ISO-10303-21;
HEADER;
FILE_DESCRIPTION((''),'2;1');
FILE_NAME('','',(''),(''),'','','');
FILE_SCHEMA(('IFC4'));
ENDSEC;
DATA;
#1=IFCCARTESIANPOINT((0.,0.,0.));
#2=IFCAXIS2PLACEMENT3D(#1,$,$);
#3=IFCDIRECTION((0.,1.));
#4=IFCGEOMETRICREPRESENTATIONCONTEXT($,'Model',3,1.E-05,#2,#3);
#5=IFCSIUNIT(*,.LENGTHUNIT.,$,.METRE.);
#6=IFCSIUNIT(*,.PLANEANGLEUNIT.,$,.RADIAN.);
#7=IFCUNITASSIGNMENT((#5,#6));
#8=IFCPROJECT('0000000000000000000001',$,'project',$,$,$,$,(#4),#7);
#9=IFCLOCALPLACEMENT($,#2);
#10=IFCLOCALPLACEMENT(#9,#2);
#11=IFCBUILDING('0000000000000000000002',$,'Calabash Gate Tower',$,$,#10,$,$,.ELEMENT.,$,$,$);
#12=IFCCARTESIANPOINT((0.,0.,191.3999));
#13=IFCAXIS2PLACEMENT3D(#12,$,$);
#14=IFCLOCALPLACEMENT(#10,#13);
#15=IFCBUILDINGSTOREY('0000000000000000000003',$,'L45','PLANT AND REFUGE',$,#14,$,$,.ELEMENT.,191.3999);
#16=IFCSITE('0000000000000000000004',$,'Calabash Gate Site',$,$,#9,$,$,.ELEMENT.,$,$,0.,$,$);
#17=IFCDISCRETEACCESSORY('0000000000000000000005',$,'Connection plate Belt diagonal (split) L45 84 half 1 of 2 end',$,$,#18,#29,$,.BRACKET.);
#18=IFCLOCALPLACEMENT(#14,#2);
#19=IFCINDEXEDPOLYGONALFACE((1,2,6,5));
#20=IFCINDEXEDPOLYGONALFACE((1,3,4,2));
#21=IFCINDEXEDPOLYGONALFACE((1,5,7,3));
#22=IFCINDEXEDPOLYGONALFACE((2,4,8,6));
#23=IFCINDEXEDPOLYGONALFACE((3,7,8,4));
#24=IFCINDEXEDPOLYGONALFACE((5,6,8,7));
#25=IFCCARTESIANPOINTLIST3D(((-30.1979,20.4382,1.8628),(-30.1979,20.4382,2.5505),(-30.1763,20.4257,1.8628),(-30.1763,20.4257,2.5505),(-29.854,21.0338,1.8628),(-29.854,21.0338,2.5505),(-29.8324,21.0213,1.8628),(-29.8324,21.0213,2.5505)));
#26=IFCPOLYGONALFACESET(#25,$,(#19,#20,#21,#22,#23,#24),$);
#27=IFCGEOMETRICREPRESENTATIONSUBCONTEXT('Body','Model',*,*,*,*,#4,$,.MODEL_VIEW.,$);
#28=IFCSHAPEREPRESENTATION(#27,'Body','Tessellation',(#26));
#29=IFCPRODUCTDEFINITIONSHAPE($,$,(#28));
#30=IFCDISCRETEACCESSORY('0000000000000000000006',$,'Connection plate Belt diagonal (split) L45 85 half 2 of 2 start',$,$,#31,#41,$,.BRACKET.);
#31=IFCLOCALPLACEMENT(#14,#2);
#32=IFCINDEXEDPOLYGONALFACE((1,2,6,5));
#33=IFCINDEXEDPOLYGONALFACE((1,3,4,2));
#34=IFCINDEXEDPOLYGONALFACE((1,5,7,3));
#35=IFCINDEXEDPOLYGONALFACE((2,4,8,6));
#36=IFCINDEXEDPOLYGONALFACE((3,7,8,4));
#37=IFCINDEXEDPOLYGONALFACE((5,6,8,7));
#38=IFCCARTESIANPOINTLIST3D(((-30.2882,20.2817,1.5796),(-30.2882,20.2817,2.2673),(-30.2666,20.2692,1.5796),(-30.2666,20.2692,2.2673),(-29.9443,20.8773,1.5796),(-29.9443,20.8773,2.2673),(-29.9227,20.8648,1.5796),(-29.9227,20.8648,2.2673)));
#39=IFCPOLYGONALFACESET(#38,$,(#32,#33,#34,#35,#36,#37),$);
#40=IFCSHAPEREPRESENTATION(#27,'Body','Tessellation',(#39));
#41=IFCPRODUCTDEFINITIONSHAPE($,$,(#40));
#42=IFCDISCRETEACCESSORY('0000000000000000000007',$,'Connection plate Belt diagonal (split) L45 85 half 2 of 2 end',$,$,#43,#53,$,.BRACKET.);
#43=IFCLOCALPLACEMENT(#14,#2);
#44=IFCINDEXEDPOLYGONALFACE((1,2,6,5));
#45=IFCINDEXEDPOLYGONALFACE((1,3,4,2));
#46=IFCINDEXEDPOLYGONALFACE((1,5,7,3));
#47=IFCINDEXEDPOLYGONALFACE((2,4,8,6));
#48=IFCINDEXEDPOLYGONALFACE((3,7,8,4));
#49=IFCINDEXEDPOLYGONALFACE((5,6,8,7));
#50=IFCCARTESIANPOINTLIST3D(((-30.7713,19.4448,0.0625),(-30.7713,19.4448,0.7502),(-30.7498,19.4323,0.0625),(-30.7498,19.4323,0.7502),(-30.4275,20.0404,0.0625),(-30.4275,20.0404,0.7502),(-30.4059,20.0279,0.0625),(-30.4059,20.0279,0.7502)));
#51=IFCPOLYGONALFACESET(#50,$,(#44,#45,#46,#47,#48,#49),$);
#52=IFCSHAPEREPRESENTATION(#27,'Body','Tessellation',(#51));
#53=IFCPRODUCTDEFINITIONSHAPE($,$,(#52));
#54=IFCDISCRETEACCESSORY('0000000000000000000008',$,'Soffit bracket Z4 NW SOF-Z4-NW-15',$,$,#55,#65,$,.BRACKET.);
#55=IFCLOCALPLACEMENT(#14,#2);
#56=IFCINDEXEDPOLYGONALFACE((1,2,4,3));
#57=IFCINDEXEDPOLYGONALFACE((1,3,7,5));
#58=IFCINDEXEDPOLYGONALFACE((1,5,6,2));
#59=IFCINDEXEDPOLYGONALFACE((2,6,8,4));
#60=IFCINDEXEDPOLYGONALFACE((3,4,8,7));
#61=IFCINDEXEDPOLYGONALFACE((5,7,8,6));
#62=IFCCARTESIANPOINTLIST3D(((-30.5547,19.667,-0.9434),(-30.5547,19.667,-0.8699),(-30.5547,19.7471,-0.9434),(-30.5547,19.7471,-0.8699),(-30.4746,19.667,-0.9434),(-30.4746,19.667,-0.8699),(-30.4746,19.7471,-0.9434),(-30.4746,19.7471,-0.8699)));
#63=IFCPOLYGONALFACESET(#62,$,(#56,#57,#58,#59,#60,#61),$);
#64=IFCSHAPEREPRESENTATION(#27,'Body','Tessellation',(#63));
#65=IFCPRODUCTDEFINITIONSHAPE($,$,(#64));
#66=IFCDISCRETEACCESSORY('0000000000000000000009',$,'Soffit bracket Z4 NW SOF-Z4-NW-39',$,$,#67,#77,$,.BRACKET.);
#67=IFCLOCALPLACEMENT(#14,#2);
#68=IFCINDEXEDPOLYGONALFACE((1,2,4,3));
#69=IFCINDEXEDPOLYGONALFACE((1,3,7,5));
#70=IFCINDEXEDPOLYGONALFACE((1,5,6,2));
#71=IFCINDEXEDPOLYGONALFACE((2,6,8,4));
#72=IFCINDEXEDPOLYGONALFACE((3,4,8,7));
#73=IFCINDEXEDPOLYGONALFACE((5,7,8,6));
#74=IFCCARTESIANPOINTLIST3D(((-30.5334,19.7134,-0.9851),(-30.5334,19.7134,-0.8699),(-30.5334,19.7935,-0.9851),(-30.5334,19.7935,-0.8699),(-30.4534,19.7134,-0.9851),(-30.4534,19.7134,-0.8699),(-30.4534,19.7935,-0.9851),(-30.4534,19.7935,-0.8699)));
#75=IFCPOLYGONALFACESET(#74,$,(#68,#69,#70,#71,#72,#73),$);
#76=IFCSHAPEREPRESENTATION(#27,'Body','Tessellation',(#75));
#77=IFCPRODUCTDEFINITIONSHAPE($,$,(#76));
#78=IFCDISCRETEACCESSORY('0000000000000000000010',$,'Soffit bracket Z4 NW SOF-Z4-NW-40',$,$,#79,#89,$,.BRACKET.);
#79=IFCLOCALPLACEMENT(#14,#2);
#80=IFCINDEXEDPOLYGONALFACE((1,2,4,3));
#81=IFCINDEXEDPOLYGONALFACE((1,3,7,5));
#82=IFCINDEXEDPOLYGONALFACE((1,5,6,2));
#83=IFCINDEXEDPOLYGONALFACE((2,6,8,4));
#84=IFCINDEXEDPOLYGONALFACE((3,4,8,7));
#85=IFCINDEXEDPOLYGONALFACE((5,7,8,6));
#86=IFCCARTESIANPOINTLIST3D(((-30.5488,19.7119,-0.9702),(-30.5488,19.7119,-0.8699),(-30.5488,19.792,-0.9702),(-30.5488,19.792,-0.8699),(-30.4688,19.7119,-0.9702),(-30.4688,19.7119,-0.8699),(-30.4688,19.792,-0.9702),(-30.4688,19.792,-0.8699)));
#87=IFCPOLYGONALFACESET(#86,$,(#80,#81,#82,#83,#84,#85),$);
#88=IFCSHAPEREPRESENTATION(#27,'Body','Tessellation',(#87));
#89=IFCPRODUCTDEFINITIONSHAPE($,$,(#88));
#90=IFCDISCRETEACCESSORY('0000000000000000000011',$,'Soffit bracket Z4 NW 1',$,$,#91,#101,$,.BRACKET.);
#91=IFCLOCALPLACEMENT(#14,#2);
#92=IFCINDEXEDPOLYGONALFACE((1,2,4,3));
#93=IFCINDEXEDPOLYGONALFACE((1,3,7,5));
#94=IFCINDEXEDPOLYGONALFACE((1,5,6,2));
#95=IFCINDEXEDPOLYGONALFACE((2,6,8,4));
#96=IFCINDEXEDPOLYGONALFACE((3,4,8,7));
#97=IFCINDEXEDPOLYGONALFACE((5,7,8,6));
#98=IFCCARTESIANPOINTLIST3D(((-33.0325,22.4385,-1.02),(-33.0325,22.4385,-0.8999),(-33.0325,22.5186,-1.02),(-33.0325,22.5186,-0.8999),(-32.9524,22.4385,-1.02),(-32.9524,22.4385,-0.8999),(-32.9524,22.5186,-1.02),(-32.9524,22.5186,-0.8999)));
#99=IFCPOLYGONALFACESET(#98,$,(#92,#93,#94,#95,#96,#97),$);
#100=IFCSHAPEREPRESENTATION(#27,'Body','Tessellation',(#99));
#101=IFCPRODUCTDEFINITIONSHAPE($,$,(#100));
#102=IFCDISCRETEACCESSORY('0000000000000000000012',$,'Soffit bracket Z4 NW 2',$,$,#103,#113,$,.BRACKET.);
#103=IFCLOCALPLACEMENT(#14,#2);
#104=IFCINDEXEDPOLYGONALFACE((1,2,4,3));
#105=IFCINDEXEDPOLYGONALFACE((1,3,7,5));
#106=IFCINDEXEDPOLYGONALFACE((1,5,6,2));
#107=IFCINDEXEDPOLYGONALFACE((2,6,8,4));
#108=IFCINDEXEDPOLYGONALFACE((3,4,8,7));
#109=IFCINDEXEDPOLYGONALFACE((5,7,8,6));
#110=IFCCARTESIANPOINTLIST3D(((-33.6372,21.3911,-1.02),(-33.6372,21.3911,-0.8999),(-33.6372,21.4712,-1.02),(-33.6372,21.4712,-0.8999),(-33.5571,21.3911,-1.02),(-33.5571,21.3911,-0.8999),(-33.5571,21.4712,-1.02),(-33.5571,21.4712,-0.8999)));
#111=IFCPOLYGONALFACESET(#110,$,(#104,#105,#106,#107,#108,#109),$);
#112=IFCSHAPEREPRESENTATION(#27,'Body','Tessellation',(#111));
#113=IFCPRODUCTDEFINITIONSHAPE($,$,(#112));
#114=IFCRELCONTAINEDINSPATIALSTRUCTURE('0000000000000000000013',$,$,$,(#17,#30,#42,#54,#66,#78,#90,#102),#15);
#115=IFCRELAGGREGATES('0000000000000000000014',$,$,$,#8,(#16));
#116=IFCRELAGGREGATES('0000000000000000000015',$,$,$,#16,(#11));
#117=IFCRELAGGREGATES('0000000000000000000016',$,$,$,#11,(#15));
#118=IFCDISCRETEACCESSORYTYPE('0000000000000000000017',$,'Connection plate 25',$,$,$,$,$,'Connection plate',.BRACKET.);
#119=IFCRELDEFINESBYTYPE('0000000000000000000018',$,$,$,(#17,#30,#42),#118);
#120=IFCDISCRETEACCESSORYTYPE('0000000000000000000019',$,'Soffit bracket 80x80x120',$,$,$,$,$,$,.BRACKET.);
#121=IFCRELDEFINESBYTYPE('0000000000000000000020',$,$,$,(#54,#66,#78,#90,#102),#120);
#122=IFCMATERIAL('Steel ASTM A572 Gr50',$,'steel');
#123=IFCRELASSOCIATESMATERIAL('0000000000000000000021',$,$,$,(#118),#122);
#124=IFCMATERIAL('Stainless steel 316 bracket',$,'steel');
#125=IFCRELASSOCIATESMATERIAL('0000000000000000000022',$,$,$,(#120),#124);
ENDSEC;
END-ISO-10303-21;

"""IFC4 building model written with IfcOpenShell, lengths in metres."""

from ifc_helpers import new_model, si_unit, direction, frame, origin, origin_2d, place, context, subcontext, project, spatial, rectangle, extrude, material, type_object, element, save


model = new_model("IFC4")

# Units and contexts
model_context = context("Model", 3, precision=1e-05, world=origin(), true_north=direction((0.0, 1.0)))
body_context = subcontext(model_context, "Body", "Model", "MODEL_VIEW")
ifc_project = project(units=[si_unit("LENGTHUNIT", "METRE"), si_unit("PLANEANGLEUNIT", "RADIAN")], contexts=[model_context])

# Site, building, storey
site_placement = place(None, origin())
site = spatial("IfcSite", under=ifc_project, at=site_placement, Name="Calabash Gate Site", CompositionType="ELEMENT", RefElevation=0.0)
building_placement = place(site_placement, origin())
building = spatial("IfcBuilding", under=site, at=building_placement, Name="Calabash Gate Tower", CompositionType="ELEMENT")
storey_placement = place(building_placement, frame((0.0, 0.0, 191.3999)))
storey = spatial("IfcBuildingStorey", under=building, at=storey_placement, Name="L45", Description="PLANT AND REFUGE", CompositionType="ELEMENT", Elevation=191.3999)

# Discrete accessories
ifc_material_1 = material(Name="Steel ASTM A572 Gr50", Category="steel")
discrete_accessory_type_1 = type_object("IfcDiscreteAccessoryType", Name="Connection plate 25", ElementType="Connection plate", PredefinedType="BRACKET", material=ifc_material_1)
for number, where, z_axis, x_axis, name in (
    (1, (-30.0151, 20.7297, 1.8628), (0.0, 0.0, 1.0), (-0.5, -0.866025, 0.0), "Connection plate Belt diagonal (split) L45 84 half 1 of 2 end"),
    (2, (-30.1055, 20.5732, 1.5796), (0.0, 0.0, 1.0), (-0.5, -0.866025, 0.0), "Connection plate Belt diagonal (split) L45 85 half 2 of 2 start"),
    (3, (-30.5886, 19.7363, 0.0625), (0.0, 0.0, 1.0), (-0.5, -0.866025, 0.0), "Connection plate Belt diagonal (split) L45 85 half 2 of 2 end"),
):
    element("IfcDiscreteAccessory", number, at=place(storey_placement, frame(where, z_axis=z_axis, x_axis=x_axis)), inside=storey, type_object=discrete_accessory_type_1, Name=name, PredefinedType="BRACKET", context=body_context, shape_type="SweptSolid", body=[
        extrude(rectangle(XDim=0.6877, YDim=0.0249, at=origin_2d()), origin(), (0.0, 0.0, 1.0), 0.6877),
    ])
ifc_material_2 = material(Name="Stainless steel 316 bracket", Category="steel")
discrete_accessory_type_2 = type_object("IfcDiscreteAccessoryType", Name="Soffit bracket 80x80x120", PredefinedType="BRACKET", material=ifc_material_2)
discrete_accessory_1_placement = place(storey_placement, frame((-30.5146, 19.707, -0.9434), z_axis=(0.0, 0.0, 1.0), x_axis=(1.0, 0.0, 0.0)))
element("IfcDiscreteAccessory", 4, at=discrete_accessory_1_placement, inside=storey, type_object=discrete_accessory_type_2, Name="Soffit bracket Z4 NW SOF-Z4-NW-15", PredefinedType="BRACKET", context=body_context, shape_type="SweptSolid", body=[
    extrude(rectangle(XDim=0.0801, YDim=0.0801, at=origin_2d()), origin(), (0.0, 0.0, 1.0), 0.0735),
])
discrete_accessory_2_placement = place(storey_placement, frame((-30.4934, 19.7534, -0.9851), z_axis=(0.0, 0.0, 1.0), x_axis=(1.0, 0.0, 0.0)))
element("IfcDiscreteAccessory", 5, at=discrete_accessory_2_placement, inside=storey, type_object=discrete_accessory_type_2, Name="Soffit bracket Z4 NW SOF-Z4-NW-39", PredefinedType="BRACKET", context=body_context, shape_type="SweptSolid", body=[
    extrude(rectangle(XDim=0.0801, YDim=0.0801, at=origin_2d()), origin(), (0.0, 0.0, 1.0), 0.1152),
])
discrete_accessory_3_placement = place(storey_placement, frame((-30.5088, 19.752, -0.9702), z_axis=(0.0, 0.0, 1.0), x_axis=(1.0, 0.0, 0.0)))
element("IfcDiscreteAccessory", 6, at=discrete_accessory_3_placement, inside=storey, type_object=discrete_accessory_type_2, Name="Soffit bracket Z4 NW SOF-Z4-NW-40", PredefinedType="BRACKET", context=body_context, shape_type="SweptSolid", body=[
    extrude(rectangle(XDim=0.0801, YDim=0.0801, at=origin_2d()), origin(), (0.0, 0.0, 1.0), 0.1003),
])
for number, where, z_axis, x_axis, name in (
    (7, (-32.9924, 22.4785, -1.02), (0.0, 0.0, 1.0), (1.0, 0.0, 0.0), "Soffit bracket Z4 NW 1"),
    (8, (-33.5972, 21.4312, -1.02), (0.0, 0.0, 1.0), (1.0, 0.0, 0.0), "Soffit bracket Z4 NW 2"),
):
    element("IfcDiscreteAccessory", number, at=place(storey_placement, frame(where, z_axis=z_axis, x_axis=x_axis)), inside=storey, type_object=discrete_accessory_type_2, Name=name, PredefinedType="BRACKET", context=body_context, shape_type="SweptSolid", body=[
        extrude(rectangle(XDim=0.0801, YDim=0.0801, at=origin_2d()), origin(), (0.0, 0.0, 1.0), 0.1201),
    ])

save(model, "model.ifc")
